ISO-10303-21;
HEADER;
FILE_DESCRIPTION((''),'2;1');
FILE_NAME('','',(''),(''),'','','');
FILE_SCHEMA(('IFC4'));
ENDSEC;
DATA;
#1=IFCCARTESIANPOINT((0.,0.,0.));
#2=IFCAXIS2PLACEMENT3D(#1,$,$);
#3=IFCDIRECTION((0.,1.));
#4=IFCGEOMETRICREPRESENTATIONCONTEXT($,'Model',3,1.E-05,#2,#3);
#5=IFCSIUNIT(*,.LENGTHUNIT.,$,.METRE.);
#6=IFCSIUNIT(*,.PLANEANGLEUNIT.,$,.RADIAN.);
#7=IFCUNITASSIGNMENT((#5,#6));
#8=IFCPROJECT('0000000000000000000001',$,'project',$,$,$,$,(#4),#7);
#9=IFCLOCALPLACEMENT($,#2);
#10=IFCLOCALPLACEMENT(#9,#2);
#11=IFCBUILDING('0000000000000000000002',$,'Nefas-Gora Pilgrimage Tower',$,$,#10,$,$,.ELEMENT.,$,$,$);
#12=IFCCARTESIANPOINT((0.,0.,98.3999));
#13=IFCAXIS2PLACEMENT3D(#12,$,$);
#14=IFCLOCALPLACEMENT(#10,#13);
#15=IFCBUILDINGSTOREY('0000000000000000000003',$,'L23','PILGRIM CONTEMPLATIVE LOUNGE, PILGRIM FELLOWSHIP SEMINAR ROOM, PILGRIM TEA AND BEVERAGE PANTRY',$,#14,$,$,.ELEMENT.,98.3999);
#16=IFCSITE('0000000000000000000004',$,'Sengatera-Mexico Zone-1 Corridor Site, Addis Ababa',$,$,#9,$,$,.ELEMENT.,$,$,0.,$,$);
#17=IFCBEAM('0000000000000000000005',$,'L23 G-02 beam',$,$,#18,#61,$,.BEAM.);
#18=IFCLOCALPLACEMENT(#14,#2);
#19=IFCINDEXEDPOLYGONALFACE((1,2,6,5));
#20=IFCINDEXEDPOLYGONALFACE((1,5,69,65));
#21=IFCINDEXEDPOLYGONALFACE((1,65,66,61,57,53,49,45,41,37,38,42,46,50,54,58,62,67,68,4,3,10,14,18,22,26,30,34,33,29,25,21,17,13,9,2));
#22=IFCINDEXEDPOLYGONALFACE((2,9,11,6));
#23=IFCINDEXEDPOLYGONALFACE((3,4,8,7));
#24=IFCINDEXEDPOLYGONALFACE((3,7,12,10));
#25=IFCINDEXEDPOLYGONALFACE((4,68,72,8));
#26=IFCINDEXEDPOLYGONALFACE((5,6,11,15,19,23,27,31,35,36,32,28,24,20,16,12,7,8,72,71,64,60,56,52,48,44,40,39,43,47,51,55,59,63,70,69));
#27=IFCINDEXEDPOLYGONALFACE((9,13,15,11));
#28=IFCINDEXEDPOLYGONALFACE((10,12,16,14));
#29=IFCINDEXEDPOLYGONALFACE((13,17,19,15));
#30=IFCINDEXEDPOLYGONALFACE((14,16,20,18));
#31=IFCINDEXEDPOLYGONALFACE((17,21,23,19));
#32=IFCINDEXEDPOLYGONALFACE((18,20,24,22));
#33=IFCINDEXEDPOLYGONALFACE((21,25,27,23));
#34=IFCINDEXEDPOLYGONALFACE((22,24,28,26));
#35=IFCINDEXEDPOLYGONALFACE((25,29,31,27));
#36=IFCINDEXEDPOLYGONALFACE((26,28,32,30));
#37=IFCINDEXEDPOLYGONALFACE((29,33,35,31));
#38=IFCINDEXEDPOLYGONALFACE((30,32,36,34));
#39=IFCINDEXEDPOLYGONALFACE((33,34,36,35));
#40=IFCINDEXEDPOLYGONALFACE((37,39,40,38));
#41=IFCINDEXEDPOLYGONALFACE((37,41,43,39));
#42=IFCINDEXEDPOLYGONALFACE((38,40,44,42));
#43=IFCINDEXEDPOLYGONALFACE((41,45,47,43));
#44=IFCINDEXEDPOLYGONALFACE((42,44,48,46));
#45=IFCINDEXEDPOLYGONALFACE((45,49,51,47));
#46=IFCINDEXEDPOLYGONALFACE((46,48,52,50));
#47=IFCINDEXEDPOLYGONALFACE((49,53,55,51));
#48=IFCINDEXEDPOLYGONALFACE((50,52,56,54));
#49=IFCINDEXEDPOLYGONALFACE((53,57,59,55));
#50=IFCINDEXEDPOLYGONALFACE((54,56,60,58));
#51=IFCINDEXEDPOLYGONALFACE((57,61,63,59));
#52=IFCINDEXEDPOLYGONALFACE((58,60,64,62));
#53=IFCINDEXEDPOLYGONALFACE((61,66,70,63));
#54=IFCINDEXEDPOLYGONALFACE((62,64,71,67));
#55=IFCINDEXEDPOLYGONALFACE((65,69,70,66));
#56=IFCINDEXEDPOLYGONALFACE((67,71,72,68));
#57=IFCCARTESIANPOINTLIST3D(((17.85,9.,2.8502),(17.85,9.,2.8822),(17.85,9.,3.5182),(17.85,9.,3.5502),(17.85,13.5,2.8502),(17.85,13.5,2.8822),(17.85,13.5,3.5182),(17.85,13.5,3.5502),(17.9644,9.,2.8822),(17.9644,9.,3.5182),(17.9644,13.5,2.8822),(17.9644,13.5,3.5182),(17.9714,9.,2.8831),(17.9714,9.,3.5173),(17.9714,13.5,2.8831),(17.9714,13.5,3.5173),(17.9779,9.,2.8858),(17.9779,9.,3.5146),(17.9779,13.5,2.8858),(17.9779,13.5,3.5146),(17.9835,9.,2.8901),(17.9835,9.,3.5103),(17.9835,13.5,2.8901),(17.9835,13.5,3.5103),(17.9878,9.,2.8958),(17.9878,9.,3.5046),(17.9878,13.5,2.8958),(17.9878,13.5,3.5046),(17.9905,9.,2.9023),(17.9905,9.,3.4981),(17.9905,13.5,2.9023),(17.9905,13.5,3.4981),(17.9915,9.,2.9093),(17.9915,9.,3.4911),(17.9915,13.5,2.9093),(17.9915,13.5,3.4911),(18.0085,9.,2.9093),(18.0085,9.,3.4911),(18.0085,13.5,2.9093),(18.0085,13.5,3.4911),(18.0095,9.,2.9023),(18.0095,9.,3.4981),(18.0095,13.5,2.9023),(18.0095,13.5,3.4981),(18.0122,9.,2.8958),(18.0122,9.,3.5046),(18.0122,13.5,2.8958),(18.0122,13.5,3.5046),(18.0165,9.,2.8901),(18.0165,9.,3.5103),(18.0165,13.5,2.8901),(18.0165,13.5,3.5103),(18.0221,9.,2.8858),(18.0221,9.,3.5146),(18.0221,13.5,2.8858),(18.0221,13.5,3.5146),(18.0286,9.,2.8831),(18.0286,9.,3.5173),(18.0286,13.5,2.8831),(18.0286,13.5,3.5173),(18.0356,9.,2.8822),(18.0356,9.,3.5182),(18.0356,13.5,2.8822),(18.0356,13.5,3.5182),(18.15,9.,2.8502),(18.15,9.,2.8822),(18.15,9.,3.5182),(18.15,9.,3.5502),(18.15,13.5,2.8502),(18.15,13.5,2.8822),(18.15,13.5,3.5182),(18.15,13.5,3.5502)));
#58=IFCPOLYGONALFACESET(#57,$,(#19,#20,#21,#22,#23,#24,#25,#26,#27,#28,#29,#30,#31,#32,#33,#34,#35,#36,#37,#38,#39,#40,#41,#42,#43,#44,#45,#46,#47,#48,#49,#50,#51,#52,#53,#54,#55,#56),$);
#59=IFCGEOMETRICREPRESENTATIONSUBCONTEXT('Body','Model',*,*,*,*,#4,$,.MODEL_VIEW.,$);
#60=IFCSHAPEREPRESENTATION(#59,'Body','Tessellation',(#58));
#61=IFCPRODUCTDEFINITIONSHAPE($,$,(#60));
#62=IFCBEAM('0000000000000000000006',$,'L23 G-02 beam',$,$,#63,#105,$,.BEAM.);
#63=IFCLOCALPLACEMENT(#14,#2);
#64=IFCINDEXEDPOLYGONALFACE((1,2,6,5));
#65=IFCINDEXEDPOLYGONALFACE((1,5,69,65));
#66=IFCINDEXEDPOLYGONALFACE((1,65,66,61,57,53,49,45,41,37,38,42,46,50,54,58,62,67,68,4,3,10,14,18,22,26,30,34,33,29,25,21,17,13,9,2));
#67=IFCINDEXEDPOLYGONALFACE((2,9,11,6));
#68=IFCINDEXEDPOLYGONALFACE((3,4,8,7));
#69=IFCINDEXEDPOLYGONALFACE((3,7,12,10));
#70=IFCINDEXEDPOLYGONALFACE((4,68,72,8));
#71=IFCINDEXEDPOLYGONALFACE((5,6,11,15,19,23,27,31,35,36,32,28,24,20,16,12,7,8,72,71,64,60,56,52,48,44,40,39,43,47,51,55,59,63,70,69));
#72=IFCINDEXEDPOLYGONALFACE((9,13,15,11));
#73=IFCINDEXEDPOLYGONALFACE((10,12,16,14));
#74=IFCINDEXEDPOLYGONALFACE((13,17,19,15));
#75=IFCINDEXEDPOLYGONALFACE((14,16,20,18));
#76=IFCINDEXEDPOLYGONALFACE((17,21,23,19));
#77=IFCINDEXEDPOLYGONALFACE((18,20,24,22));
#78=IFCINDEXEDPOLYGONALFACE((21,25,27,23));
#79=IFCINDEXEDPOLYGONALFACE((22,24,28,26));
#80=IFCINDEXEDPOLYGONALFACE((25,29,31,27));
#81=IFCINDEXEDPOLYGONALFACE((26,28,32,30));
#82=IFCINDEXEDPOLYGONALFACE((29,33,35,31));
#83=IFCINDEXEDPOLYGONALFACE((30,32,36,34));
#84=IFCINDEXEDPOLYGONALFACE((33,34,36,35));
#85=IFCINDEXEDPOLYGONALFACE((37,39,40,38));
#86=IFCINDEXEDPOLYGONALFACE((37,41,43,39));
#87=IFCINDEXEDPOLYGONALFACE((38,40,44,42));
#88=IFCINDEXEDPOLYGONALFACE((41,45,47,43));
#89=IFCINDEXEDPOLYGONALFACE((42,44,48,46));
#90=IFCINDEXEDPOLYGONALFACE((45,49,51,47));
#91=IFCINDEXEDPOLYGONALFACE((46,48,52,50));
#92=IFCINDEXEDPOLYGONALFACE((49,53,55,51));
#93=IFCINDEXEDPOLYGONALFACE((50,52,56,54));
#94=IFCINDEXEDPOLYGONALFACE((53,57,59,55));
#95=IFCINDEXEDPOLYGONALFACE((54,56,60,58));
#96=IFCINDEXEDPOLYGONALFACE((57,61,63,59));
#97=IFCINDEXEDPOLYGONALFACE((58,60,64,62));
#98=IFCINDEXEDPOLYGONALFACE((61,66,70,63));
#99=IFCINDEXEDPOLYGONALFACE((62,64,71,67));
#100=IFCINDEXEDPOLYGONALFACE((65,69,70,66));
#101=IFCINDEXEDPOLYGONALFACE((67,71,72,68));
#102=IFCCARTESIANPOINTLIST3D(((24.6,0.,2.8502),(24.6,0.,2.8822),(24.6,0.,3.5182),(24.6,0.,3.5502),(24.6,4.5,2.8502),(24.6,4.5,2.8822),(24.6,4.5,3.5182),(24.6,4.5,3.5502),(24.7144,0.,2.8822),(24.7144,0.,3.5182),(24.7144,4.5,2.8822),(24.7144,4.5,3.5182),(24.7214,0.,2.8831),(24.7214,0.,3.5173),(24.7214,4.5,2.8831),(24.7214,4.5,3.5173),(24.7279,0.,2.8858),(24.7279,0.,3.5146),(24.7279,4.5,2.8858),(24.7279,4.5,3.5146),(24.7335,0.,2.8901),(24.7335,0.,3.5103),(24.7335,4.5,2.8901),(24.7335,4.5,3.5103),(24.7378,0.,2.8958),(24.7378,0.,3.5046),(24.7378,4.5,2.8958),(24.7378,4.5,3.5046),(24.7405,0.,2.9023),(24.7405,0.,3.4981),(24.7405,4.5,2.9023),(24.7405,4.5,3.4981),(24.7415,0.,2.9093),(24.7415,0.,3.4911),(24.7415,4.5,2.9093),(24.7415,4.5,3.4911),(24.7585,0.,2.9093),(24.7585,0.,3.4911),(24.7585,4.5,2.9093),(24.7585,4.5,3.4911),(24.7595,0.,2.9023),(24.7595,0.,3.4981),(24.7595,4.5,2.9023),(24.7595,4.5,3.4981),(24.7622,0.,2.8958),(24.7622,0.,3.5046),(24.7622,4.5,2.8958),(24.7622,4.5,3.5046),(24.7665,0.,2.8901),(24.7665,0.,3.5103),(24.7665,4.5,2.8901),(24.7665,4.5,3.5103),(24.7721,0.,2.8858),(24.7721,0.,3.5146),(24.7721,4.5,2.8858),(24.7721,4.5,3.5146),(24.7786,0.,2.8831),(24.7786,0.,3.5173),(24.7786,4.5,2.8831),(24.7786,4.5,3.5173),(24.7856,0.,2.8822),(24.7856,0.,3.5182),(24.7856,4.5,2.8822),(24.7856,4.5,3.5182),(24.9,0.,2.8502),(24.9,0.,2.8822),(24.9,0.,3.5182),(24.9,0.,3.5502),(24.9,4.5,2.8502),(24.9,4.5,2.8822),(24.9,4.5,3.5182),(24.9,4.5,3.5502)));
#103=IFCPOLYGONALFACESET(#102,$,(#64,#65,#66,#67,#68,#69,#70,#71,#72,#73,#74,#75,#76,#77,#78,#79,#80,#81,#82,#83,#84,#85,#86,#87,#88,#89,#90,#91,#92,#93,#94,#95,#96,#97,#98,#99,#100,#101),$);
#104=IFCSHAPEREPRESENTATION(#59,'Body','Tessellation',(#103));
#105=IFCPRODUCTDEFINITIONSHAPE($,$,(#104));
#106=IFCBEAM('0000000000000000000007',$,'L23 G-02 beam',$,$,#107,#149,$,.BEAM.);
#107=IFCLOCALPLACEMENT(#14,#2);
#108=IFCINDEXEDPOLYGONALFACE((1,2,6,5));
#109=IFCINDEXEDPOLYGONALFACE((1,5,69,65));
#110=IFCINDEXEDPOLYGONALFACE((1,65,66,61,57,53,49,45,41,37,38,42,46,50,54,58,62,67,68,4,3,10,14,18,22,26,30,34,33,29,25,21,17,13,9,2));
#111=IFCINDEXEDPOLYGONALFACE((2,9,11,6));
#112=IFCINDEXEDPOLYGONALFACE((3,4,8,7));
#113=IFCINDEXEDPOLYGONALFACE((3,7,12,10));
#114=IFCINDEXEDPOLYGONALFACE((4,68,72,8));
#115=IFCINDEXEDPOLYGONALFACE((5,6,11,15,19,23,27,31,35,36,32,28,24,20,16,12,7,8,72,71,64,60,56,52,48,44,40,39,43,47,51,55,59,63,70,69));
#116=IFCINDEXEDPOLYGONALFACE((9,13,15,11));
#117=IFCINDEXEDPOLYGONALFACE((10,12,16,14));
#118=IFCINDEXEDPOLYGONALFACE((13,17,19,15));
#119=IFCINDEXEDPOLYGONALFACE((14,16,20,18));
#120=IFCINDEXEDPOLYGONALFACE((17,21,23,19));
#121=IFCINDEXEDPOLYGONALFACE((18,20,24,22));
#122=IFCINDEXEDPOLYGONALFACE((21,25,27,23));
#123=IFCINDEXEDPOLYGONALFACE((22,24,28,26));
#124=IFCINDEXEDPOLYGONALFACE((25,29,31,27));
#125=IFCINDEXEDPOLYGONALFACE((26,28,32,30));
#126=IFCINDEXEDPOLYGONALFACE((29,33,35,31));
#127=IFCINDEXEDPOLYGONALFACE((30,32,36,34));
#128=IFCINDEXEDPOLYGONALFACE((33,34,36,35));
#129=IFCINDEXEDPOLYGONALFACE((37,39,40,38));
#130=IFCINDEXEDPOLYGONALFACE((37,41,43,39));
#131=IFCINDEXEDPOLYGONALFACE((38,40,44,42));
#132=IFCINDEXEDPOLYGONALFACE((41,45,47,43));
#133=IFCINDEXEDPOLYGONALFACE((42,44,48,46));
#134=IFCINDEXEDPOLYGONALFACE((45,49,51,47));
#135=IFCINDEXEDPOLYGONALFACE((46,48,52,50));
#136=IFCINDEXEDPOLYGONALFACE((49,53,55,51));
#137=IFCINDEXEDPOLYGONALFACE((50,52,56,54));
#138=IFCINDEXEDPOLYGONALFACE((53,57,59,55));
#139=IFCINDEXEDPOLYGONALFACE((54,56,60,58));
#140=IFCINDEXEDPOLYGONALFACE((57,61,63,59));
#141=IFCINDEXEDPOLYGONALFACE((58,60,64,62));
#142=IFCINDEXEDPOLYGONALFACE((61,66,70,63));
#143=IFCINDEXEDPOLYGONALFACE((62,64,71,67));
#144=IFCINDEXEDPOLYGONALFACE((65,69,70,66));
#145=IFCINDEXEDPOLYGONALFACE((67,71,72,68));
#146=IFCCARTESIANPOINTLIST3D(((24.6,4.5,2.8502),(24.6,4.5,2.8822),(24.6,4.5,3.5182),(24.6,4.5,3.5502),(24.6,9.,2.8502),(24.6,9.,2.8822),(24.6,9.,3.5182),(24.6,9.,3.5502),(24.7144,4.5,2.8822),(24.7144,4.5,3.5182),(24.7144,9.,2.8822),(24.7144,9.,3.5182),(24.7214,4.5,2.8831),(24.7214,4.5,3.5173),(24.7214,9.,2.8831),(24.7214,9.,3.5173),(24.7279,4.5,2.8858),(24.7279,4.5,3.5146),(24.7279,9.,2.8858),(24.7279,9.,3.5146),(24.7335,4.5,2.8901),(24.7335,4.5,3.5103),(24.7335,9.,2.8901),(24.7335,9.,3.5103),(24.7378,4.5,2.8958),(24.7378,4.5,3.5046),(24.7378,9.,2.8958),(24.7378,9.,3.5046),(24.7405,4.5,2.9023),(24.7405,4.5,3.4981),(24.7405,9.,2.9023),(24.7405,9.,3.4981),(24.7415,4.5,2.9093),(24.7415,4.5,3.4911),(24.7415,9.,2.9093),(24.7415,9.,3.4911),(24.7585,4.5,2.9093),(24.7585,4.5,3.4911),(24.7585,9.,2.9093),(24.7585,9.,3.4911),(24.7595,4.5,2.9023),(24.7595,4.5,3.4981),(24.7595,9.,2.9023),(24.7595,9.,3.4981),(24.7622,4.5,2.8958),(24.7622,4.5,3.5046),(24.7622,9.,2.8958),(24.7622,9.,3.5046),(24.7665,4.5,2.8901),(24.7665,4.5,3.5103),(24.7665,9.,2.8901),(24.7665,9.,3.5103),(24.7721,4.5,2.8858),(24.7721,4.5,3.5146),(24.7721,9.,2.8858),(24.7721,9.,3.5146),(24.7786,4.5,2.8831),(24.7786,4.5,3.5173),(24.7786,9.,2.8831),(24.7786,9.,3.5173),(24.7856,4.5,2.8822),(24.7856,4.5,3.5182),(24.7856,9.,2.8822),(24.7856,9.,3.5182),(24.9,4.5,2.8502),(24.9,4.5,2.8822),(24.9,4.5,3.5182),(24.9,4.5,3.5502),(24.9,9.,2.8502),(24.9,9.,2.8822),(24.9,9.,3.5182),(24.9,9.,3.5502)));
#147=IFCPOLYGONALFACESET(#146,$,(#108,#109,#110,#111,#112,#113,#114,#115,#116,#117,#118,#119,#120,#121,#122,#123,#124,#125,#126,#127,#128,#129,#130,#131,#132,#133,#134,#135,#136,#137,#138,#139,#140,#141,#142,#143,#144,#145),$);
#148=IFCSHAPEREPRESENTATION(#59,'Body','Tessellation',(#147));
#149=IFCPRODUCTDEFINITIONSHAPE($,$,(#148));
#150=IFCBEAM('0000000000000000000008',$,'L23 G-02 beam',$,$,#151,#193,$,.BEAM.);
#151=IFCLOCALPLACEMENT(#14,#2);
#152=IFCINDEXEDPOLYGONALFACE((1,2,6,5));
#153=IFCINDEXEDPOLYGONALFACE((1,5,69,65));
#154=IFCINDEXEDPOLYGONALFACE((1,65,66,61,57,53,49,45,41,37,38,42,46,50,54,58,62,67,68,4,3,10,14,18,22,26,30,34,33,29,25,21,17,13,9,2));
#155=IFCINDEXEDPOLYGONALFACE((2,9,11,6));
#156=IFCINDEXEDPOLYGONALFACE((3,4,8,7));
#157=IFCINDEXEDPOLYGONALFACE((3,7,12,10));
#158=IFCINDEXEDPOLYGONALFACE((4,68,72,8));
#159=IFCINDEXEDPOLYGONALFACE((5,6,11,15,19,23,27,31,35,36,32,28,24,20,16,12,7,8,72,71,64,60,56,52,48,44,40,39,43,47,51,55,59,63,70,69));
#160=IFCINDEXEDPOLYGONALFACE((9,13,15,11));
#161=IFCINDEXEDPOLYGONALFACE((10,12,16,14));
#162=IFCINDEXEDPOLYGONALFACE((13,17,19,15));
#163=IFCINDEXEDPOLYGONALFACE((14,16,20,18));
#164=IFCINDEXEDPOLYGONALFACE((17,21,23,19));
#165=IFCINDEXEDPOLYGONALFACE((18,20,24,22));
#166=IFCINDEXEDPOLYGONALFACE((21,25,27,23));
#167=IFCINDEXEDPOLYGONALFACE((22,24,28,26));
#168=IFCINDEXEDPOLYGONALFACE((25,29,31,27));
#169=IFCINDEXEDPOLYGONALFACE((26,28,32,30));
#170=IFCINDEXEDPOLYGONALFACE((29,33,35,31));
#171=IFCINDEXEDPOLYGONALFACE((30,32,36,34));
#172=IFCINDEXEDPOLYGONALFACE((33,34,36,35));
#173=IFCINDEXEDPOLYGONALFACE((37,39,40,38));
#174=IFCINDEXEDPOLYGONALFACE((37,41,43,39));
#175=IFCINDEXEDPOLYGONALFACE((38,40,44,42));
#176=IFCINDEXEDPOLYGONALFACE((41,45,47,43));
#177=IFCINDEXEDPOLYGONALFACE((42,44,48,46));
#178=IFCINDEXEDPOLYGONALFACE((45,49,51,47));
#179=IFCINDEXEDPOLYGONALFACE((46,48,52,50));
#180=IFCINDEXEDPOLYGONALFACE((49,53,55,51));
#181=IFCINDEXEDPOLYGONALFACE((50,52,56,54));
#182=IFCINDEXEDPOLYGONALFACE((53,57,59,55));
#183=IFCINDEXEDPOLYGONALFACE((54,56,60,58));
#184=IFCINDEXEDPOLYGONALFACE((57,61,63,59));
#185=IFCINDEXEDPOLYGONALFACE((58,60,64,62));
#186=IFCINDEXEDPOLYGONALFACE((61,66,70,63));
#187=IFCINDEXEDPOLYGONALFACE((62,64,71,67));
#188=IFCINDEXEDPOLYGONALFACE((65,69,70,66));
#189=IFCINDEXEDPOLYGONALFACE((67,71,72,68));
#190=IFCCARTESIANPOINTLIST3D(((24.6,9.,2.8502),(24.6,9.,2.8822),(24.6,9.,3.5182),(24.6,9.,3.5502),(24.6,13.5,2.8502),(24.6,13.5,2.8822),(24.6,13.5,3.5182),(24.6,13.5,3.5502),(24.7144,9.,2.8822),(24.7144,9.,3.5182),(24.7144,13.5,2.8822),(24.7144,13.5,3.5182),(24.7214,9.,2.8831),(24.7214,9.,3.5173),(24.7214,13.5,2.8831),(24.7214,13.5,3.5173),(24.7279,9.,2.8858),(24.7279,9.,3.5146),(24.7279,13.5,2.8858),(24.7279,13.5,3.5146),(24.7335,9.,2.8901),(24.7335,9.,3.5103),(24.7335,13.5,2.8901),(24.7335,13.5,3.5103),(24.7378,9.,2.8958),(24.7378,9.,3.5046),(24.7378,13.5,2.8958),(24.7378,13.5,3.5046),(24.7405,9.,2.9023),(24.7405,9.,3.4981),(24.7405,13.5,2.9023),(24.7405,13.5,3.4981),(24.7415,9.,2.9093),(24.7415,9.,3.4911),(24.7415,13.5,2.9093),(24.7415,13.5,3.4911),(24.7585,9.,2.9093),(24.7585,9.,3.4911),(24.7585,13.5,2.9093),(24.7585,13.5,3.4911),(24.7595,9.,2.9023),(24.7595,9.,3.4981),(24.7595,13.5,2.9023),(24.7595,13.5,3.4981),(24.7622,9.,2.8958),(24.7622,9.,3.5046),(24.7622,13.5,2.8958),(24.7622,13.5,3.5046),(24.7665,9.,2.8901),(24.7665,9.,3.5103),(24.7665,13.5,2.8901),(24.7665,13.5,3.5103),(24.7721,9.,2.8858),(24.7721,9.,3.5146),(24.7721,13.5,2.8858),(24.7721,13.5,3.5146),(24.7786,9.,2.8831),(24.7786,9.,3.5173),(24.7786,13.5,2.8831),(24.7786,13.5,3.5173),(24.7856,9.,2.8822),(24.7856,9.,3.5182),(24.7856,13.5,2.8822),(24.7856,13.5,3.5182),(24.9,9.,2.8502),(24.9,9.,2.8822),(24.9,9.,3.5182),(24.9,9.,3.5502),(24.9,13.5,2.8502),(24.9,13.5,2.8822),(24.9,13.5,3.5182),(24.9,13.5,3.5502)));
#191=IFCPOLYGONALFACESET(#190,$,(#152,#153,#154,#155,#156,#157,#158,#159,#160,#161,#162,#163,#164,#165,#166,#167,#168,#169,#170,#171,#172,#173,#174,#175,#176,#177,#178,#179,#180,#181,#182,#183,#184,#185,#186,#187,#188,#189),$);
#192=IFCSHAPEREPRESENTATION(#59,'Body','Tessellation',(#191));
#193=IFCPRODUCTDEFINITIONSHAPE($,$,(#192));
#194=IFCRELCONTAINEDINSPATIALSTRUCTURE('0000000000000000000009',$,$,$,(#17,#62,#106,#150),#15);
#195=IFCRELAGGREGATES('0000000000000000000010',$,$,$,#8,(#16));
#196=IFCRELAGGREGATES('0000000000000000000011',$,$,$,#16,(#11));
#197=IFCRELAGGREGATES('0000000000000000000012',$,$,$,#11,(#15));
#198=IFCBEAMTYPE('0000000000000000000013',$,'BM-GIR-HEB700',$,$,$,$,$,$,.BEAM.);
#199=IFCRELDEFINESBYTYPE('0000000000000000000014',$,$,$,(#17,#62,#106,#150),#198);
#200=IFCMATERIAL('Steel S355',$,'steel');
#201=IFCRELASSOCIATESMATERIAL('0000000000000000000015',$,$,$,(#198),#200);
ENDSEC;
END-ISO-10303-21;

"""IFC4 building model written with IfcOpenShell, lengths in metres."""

from ifc_helpers import new_model, si_unit, direction, frame, origin, origin_2d, place, context, subcontext, project, spatial, i_section, extrude, source, transform, mapped, material, material_profile, profile_set, type_object, element, save


model = new_model("IFC4")

# Units and contexts
model_context = context("Model", 3, precision=1e-05, world=origin(), true_north=direction((0.0, 1.0)))
body_context = subcontext(model_context, "Body", "Model", "MODEL_VIEW")
ifc_project = project(units=[si_unit("LENGTHUNIT", "METRE"), si_unit("PLANEANGLEUNIT", "RADIAN")], contexts=[model_context])

# Site, building, storey
site_placement = place(None, origin())
site = spatial("IfcSite", under=ifc_project, at=site_placement, Name="Sengatera-Mexico Zone-1 Corridor Site, Addis Ababa", CompositionType="ELEMENT", RefElevation=0.0)
building_placement = place(site_placement, origin())
building = spatial("IfcBuilding", under=site, at=building_placement, Name="Nefas-Gora Pilgrimage Tower", CompositionType="ELEMENT")
storey_placement = place(building_placement, frame((0.0, 0.0, 98.3999)))
storey = spatial("IfcBuildingStorey", under=building, at=storey_placement, Name="L23", Description="PILGRIM CONTEMPLATIVE LOUNGE, PILGRIM FELLOWSHIP SEMINAR ROOM, PILGRIM TEA AND BEVERAGE PANTRY", CompositionType="ELEMENT", Elevation=98.3999)

# Beams
ifc_material_1 = material(Name="Steel S355", Category="steel")
ifc_material_profile_1 = material_profile(ifc_material_1, i_section(OverallWidth=0.3, OverallDepth=0.7, WebThickness=0.0171, FlangeThickness=0.032, FilletRadius=0.0271, at=origin_2d()), Name="HEB 700")
ifc_profile_set_1 = profile_set([ifc_material_profile_1], Name="Steel S355")
beam_type_1 = type_object("IfcBeamType", Name="BM-GIR-HEB700", PredefinedType="BEAM", material=ifc_profile_set_1)
shared_shape_1 = source(origin(), body_context, "Body", "SweptSolid", [
    extrude(i_section(OverallWidth=0.3, OverallDepth=0.7, WebThickness=0.0171, FlangeThickness=0.032, FilletRadius=0.0271, at=origin_2d()), origin(), (0.0, 0.0, 1.0), 4.5),
])
for number, where, z_axis, x_axis, name in (
    (1, (18.0, 9.0, 3.2002), (0.0, 1.0, 0.0), (-1.0, 0.0, 0.0), "L23 G-02 beam"),
    (2, (24.75, 0.0, 3.2002), (0.0, 1.0, 0.0), (-1.0, 0.0, 0.0), "L23 G-02 beam"),
    (3, (24.75, 4.5, 3.2002), (0.0, 1.0, 0.0), (-1.0, 0.0, 0.0), "L23 G-02 beam"),
    (4, (24.75, 9.0, 3.2002), (0.0, 1.0, 0.0), (-1.0, 0.0, 0.0), "L23 G-02 beam"),
):
    element("IfcBeam", number, at=place(storey_placement, frame(where, z_axis=z_axis, x_axis=x_axis)), inside=storey, type_object=beam_type_1, Name=name, PredefinedType="BEAM", context=body_context, shape_type="MappedRepresentation", body=[
        mapped(shared_shape_1, transform((0.0, 0.0, 0.0), x_axis=(1.0, 0.0, 0.0), y_axis=(0.0, 1.0, 0.0), z_axis=(0.0, 0.0, 1.0), scale=1.0)),
    ])

save(model, "model.ifc")
